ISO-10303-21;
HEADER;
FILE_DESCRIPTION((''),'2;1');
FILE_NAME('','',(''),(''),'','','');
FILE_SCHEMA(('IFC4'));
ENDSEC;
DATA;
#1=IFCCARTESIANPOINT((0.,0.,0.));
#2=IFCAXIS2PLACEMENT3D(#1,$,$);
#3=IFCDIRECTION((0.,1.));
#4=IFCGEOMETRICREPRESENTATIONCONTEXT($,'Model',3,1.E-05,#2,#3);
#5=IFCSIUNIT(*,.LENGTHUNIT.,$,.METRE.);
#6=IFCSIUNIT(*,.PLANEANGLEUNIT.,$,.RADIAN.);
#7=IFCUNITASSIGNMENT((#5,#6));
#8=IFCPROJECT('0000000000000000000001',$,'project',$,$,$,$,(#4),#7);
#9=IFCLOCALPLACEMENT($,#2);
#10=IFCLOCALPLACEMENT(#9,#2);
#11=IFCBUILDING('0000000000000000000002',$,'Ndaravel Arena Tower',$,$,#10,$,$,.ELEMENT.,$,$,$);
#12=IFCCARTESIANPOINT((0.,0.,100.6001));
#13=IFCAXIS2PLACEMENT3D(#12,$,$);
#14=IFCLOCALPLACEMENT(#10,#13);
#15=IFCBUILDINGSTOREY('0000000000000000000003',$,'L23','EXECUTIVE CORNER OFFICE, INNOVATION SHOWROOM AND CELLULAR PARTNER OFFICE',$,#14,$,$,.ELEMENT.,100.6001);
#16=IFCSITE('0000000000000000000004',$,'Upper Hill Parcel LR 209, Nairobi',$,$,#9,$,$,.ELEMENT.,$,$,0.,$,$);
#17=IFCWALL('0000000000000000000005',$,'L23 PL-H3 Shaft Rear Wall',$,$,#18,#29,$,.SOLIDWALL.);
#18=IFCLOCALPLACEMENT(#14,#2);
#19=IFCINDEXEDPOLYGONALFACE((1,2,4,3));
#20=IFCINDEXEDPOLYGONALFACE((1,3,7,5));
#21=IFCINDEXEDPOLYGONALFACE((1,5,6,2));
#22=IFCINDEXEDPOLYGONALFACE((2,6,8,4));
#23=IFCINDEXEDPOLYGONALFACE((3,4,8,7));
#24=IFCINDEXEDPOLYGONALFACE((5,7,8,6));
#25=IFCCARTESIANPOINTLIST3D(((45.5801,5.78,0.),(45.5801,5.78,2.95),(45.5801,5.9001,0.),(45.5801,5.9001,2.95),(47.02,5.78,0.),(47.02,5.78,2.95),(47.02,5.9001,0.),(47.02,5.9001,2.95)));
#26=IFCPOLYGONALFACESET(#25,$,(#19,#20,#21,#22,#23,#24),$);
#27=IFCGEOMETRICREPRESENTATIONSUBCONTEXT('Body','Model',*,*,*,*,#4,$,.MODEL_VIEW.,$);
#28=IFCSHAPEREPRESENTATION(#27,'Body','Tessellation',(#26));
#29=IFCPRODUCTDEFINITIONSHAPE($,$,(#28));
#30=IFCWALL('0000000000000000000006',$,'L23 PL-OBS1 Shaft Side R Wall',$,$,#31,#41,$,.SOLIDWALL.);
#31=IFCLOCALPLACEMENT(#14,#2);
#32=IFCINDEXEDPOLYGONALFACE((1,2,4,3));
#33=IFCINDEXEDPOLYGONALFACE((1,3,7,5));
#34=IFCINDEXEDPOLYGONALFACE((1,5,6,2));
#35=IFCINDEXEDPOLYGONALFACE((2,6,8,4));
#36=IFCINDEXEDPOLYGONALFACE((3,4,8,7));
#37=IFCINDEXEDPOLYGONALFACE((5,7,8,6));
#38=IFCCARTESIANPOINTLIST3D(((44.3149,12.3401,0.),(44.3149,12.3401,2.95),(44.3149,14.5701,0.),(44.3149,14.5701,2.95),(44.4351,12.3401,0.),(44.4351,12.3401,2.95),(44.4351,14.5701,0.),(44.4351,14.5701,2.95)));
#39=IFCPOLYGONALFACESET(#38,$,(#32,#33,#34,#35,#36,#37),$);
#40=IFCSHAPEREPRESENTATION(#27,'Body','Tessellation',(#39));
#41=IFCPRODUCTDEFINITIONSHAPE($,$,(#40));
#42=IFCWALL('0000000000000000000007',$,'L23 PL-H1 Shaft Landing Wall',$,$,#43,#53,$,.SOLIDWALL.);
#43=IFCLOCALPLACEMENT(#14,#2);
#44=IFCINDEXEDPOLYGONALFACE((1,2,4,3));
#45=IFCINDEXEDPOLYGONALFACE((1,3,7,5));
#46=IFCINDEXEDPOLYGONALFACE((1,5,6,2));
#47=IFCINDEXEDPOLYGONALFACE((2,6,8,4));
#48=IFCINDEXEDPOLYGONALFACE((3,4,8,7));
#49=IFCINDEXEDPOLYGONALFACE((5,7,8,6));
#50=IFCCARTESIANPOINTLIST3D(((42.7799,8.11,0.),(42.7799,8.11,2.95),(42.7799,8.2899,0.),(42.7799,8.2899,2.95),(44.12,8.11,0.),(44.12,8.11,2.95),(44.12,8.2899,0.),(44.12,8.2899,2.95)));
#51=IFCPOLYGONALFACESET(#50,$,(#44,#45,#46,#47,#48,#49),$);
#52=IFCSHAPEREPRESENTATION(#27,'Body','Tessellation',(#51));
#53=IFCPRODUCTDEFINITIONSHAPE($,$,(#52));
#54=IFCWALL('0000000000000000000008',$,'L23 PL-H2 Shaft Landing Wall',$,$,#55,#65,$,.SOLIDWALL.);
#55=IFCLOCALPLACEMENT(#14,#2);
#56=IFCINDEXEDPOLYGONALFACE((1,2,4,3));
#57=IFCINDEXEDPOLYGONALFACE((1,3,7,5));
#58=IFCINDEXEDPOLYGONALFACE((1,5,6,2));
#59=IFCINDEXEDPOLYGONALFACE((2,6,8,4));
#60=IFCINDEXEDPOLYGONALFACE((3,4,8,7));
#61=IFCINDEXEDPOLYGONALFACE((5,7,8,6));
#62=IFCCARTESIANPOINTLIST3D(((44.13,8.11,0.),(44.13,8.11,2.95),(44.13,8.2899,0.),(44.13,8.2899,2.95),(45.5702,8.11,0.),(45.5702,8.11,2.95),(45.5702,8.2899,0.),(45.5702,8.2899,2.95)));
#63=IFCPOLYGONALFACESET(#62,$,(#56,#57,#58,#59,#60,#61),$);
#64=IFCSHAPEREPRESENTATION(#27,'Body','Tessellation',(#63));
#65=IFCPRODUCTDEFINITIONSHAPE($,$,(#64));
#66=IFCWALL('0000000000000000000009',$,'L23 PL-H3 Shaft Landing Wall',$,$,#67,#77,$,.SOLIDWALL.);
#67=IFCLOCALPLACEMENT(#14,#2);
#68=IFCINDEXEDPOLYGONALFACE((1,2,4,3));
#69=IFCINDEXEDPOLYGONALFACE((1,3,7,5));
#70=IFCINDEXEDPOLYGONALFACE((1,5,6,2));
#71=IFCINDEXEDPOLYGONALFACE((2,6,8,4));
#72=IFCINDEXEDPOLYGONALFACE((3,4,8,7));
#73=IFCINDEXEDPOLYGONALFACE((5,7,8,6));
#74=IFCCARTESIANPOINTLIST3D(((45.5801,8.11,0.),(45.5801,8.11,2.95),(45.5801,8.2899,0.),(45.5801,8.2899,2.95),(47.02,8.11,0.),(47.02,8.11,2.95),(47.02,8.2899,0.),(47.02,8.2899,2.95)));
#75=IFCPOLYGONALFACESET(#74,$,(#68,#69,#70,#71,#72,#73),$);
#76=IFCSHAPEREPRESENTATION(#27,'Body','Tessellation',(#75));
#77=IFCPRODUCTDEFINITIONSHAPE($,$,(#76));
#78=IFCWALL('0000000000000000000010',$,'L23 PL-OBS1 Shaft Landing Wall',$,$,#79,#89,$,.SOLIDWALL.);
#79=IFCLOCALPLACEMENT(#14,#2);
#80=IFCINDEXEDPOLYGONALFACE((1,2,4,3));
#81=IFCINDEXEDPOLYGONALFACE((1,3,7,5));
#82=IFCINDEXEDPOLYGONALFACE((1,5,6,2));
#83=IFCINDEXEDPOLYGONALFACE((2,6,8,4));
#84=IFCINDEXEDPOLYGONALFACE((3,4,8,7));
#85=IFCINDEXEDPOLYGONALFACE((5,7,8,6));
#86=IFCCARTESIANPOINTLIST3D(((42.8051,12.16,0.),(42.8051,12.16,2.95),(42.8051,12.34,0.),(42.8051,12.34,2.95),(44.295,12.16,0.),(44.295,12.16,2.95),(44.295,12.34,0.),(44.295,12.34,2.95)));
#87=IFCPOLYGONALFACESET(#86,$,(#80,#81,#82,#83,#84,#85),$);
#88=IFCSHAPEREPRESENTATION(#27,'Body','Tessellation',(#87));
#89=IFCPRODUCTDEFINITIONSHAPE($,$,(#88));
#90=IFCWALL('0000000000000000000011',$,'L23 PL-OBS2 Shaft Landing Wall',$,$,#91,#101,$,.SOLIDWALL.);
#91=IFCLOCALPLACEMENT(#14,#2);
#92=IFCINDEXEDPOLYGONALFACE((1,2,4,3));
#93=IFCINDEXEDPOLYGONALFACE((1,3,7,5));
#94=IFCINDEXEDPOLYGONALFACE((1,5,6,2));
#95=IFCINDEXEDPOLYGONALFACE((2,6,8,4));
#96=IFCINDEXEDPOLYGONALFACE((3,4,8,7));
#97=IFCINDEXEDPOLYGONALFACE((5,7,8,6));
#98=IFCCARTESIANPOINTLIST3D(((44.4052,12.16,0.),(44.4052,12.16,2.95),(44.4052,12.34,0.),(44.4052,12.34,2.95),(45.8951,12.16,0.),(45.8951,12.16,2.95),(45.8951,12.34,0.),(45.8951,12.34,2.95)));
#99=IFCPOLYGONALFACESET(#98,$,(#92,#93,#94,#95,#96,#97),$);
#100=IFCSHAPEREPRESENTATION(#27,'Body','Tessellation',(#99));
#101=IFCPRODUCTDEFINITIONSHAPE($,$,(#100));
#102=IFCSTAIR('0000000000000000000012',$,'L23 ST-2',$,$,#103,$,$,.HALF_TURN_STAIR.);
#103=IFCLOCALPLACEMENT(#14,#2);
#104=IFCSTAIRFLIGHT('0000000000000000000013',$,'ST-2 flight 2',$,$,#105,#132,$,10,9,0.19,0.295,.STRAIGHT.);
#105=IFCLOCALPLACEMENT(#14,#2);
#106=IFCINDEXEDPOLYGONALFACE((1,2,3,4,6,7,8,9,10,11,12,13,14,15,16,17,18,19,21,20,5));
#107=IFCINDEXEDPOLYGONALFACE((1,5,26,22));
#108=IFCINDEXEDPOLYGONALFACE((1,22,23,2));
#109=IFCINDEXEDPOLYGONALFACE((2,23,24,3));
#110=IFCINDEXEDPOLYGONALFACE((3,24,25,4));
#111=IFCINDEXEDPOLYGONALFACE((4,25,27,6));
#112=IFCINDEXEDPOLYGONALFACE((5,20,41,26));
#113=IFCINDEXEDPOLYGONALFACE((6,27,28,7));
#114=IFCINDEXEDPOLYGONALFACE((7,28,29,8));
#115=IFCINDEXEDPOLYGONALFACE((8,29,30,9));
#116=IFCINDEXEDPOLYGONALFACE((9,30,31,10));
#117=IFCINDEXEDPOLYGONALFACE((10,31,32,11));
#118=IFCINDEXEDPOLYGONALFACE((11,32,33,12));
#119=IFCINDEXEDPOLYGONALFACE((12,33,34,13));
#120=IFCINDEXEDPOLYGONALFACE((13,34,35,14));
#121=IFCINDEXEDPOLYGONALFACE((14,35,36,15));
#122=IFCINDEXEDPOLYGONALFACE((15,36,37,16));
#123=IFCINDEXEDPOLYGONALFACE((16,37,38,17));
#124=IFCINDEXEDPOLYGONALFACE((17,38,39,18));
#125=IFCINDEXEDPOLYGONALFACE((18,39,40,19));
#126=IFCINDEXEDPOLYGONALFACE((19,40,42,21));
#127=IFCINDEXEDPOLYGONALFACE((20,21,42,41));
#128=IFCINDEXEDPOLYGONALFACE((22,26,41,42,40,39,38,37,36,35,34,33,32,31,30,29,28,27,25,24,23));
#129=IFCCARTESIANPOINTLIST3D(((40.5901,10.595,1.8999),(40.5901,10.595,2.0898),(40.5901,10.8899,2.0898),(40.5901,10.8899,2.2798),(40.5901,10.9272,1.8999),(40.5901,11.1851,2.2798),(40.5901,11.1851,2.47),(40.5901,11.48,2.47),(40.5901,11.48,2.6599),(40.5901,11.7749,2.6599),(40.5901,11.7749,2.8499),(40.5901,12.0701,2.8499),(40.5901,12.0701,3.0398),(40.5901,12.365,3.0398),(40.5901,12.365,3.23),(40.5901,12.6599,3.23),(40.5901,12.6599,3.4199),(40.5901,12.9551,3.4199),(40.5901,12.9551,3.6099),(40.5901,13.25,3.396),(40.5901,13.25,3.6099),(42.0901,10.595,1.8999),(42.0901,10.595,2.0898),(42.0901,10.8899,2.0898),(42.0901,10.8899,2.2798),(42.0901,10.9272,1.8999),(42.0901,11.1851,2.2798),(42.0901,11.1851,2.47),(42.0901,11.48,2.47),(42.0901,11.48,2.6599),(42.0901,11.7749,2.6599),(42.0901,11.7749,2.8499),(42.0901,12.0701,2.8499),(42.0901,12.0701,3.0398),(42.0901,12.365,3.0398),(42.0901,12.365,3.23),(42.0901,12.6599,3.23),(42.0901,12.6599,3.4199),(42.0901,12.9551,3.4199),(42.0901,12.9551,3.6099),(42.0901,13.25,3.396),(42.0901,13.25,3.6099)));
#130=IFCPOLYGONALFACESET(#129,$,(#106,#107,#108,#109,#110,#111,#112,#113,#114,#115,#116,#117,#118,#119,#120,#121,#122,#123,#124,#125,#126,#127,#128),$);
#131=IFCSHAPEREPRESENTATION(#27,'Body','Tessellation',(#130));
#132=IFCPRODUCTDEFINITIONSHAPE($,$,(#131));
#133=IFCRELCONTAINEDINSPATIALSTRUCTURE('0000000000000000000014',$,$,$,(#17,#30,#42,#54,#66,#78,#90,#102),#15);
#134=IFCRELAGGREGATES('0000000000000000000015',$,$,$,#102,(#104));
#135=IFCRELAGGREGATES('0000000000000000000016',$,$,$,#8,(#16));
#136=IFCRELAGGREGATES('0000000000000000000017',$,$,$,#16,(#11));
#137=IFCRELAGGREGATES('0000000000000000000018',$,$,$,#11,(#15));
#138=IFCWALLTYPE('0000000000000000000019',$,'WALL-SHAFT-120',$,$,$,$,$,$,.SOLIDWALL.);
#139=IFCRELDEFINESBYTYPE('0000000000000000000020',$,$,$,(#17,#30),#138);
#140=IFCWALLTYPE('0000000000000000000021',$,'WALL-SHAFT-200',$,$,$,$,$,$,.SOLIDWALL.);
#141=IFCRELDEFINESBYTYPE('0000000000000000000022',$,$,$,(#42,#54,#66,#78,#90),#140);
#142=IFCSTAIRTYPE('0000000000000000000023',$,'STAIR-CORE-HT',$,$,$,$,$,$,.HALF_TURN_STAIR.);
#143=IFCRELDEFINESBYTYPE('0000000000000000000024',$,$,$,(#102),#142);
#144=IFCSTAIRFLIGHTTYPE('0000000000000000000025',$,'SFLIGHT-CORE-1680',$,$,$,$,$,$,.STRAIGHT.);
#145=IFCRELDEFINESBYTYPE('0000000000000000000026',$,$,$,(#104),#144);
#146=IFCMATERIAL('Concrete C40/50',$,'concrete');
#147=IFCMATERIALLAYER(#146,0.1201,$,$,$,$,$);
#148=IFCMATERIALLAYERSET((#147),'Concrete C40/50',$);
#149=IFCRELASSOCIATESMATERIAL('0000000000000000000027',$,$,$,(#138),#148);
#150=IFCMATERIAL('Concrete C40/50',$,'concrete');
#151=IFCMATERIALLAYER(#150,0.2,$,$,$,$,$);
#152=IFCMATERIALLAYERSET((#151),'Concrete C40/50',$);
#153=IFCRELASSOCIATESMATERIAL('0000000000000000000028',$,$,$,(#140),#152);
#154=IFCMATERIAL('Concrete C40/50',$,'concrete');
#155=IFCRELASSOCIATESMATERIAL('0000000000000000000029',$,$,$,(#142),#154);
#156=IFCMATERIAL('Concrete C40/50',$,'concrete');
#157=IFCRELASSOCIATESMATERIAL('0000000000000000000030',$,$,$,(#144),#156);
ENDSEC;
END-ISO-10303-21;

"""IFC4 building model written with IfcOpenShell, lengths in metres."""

from ifc_helpers import new_model, si_unit, direction, frame, frame_2d, origin, place, context, subcontext, project, spatial, polyline, rectangle, outline, extrude, material, layer, layer_set, type_object, element, aggregate, save


model = new_model("IFC4")

# Units and contexts
model_context = context("Model", 3, precision=1e-05, world=origin(), true_north=direction((0.0, 1.0)))
body_context = subcontext(model_context, "Body", "Model", "MODEL_VIEW")
ifc_project = project(units=[si_unit("LENGTHUNIT", "METRE"), si_unit("PLANEANGLEUNIT", "RADIAN")], contexts=[model_context])

# Site, building, storey
site_placement = place(None, origin())
site = spatial("IfcSite", under=ifc_project, at=site_placement, Name="Upper Hill Parcel LR 209, Nairobi", CompositionType="ELEMENT", RefElevation=0.0)
building_placement = place(site_placement, origin())
building = spatial("IfcBuilding", under=site, at=building_placement, Name="Ndaravel Arena Tower", CompositionType="ELEMENT")
storey_placement = place(building_placement, frame((0.0, 0.0, 100.6001)))
storey = spatial("IfcBuildingStorey", under=building, at=storey_placement, Name="L23", Description="EXECUTIVE CORNER OFFICE, INNOVATION SHOWROOM AND CELLULAR PARTNER OFFICE", CompositionType="ELEMENT", Elevation=100.6001)

# Walls
ifc_material_1 = material(Name="Concrete C40/50", Category="concrete")
ifc_layer_1 = layer(ifc_material_1, 0.1201)
ifc_layer_set_1 = layer_set([ifc_layer_1], Name="Concrete C40/50")
wall_type_1 = type_object("IfcWallType", Name="WALL-SHAFT-120", PredefinedType="SOLIDWALL", material=ifc_layer_set_1)
wall_1_placement = place(storey_placement, frame((45.5801, 5.8401, 0.0), z_axis=(0.0, 0.0, 1.0), x_axis=(1.0, 0.0, 0.0)))
element("IfcWall", 1, at=wall_1_placement, inside=storey, type_object=wall_type_1, Name="L23 PL-H3 Shaft Rear Wall", PredefinedType="SOLIDWALL", context=body_context, shape_type="SweptSolid", body=[
    extrude(rectangle(XDim=1.4399, YDim=0.1201, at=frame_2d((0.72, 0.0))), origin(), (0.0, 0.0, 1.0), 2.95),
])
wall_2_placement = place(storey_placement, frame((44.375, 12.3401, 0.0), z_axis=(0.0, 0.0, 1.0), x_axis=(0.0, 1.0, 0.0)))
element("IfcWall", 2, at=wall_2_placement, inside=storey, type_object=wall_type_1, Name="L23 PL-OBS1 Shaft Side R Wall", PredefinedType="SOLIDWALL", context=body_context, shape_type="SweptSolid", body=[
    extrude(rectangle(XDim=2.23, YDim=0.1201, at=frame_2d((1.115, 0.0))), origin(), (0.0, 0.0, 1.0), 2.95),
])
ifc_material_2 = material(Name="Concrete C40/50", Category="concrete")
ifc_layer_2 = layer(ifc_material_2, 0.2)
ifc_layer_set_2 = layer_set([ifc_layer_2], Name="Concrete C40/50")
wall_type_2 = type_object("IfcWallType", Name="WALL-SHAFT-200", PredefinedType="SOLIDWALL", material=ifc_layer_set_2)
wall_3_placement = place(storey_placement, frame((42.78, 8.2, 0.0), z_axis=(0.0, 0.0, 1.0), x_axis=(1.0, 0.0, 0.0)))
element("IfcWall", 3, at=wall_3_placement, inside=storey, type_object=wall_type_2, Name="L23 PL-H1 Shaft Landing Wall", PredefinedType="SOLIDWALL", context=body_context, shape_type="SweptSolid", body=[
    extrude(rectangle(XDim=1.3401, YDim=0.1799, at=frame_2d((0.6699, 0.0))), origin(), (0.0, 0.0, 1.0), 2.95),
])
wall_4_placement = place(storey_placement, frame((44.1299, 8.2, 0.0), z_axis=(0.0, 0.0, 1.0), x_axis=(1.0, 0.0, 0.0)))
element("IfcWall", 4, at=wall_4_placement, inside=storey, type_object=wall_type_2, Name="L23 PL-H2 Shaft Landing Wall", PredefinedType="SOLIDWALL", context=body_context, shape_type="SweptSolid", body=[
    extrude(rectangle(XDim=1.4402, YDim=0.1799, at=frame_2d((0.7202, 0.0))), origin(), (0.0, 0.0, 1.0), 2.95),
])
wall_5_placement = place(storey_placement, frame((45.5801, 8.2, 0.0), z_axis=(0.0, 0.0, 1.0), x_axis=(1.0, 0.0, 0.0)))
element("IfcWall", 5, at=wall_5_placement, inside=storey, type_object=wall_type_2, Name="L23 PL-H3 Shaft Landing Wall", PredefinedType="SOLIDWALL", context=body_context, shape_type="SweptSolid", body=[
    extrude(rectangle(XDim=1.4399, YDim=0.1799, at=frame_2d((0.72, 0.0))), origin(), (0.0, 0.0, 1.0), 2.95),
])
for number, where, z_axis, x_axis, name in (
    (6, (42.8049, 12.25, 0.0), (0.0, 0.0, 1.0), (1.0, 0.0, 0.0), "L23 PL-OBS1 Shaft Landing Wall"),
    (7, (44.405, 12.25, 0.0), (0.0, 0.0, 1.0), (1.0, 0.0, 0.0), "L23 PL-OBS2 Shaft Landing Wall"),
):
    element("IfcWall", number, at=place(storey_placement, frame(where, z_axis=z_axis, x_axis=x_axis)), inside=storey, type_object=wall_type_2, Name=name, PredefinedType="SOLIDWALL", context=body_context, shape_type="SweptSolid", body=[
        extrude(rectangle(XDim=1.49, YDim=0.1799, at=frame_2d((0.7451, 0.0))), origin(), (0.0, 0.0, 1.0), 2.95),
    ])

# Stair, stair flight
ifc_material_3 = material(Name="Concrete C40/50", Category="concrete")
stair_type = type_object("IfcStairType", Name="STAIR-CORE-HT", PredefinedType="HALF_TURN_STAIR", material=ifc_material_3)
stair_placement = place(storey_placement, origin())
stair = element("IfcStair", 8, at=stair_placement, inside=storey, type_object=stair_type, Name="L23 ST-2", PredefinedType="HALF_TURN_STAIR")
ifc_material_4 = material(Name="Concrete C40/50", Category="concrete")
stair_flight_type = type_object("IfcStairFlightType", Name="SFLIGHT-CORE-1680", PredefinedType="STRAIGHT", material=ifc_material_4)
stair_flight_placement = place(storey_placement, frame((41.3401, 10.595, 1.8999), z_axis=(0.0, 0.0, 1.0), x_axis=(0.0, 1.0, 0.0)))
stair_flight = element("IfcStairFlight", 9, at=stair_flight_placement, type_object=stair_flight_type, Name="ST-2 flight 2", NumberOfRisers=10, NumberOfTreads=9, PredefinedType="STRAIGHT", RiserHeight=0.19, TreadLength=0.295, context=body_context, shape_type="SweptSolid", body=[
    extrude(outline(polyline([(0.0, 0.0), (0.0, 0.1899), (0.2949, 0.1899), (0.2949, 0.3799), (0.5901, 0.3799), (0.5901, 0.5701), (0.885, 0.5701), (0.885, 0.76), (1.1799, 0.76), (1.1799, 0.95), (1.4751, 0.95), (1.4751, 1.1399), (1.77, 1.1399), (1.77, 1.3301), (2.0649, 1.3301), (2.0649, 1.52), (2.3601, 1.52), (2.3601, 1.71), (2.655, 1.71), (2.655, 1.8999), (2.655, 1.4961), (0.3323, 0.0), (0.0, 0.0)])), frame((0.0, 0.75, 0.0), z_axis=(0.0, -1.0, 0.0), x_axis=(1.0, 0.0, 0.0)), (0.0, 0.0, 1.0), 1.5),
])
aggregate(stair, [stair_flight])

save(model, "model.ifc")
